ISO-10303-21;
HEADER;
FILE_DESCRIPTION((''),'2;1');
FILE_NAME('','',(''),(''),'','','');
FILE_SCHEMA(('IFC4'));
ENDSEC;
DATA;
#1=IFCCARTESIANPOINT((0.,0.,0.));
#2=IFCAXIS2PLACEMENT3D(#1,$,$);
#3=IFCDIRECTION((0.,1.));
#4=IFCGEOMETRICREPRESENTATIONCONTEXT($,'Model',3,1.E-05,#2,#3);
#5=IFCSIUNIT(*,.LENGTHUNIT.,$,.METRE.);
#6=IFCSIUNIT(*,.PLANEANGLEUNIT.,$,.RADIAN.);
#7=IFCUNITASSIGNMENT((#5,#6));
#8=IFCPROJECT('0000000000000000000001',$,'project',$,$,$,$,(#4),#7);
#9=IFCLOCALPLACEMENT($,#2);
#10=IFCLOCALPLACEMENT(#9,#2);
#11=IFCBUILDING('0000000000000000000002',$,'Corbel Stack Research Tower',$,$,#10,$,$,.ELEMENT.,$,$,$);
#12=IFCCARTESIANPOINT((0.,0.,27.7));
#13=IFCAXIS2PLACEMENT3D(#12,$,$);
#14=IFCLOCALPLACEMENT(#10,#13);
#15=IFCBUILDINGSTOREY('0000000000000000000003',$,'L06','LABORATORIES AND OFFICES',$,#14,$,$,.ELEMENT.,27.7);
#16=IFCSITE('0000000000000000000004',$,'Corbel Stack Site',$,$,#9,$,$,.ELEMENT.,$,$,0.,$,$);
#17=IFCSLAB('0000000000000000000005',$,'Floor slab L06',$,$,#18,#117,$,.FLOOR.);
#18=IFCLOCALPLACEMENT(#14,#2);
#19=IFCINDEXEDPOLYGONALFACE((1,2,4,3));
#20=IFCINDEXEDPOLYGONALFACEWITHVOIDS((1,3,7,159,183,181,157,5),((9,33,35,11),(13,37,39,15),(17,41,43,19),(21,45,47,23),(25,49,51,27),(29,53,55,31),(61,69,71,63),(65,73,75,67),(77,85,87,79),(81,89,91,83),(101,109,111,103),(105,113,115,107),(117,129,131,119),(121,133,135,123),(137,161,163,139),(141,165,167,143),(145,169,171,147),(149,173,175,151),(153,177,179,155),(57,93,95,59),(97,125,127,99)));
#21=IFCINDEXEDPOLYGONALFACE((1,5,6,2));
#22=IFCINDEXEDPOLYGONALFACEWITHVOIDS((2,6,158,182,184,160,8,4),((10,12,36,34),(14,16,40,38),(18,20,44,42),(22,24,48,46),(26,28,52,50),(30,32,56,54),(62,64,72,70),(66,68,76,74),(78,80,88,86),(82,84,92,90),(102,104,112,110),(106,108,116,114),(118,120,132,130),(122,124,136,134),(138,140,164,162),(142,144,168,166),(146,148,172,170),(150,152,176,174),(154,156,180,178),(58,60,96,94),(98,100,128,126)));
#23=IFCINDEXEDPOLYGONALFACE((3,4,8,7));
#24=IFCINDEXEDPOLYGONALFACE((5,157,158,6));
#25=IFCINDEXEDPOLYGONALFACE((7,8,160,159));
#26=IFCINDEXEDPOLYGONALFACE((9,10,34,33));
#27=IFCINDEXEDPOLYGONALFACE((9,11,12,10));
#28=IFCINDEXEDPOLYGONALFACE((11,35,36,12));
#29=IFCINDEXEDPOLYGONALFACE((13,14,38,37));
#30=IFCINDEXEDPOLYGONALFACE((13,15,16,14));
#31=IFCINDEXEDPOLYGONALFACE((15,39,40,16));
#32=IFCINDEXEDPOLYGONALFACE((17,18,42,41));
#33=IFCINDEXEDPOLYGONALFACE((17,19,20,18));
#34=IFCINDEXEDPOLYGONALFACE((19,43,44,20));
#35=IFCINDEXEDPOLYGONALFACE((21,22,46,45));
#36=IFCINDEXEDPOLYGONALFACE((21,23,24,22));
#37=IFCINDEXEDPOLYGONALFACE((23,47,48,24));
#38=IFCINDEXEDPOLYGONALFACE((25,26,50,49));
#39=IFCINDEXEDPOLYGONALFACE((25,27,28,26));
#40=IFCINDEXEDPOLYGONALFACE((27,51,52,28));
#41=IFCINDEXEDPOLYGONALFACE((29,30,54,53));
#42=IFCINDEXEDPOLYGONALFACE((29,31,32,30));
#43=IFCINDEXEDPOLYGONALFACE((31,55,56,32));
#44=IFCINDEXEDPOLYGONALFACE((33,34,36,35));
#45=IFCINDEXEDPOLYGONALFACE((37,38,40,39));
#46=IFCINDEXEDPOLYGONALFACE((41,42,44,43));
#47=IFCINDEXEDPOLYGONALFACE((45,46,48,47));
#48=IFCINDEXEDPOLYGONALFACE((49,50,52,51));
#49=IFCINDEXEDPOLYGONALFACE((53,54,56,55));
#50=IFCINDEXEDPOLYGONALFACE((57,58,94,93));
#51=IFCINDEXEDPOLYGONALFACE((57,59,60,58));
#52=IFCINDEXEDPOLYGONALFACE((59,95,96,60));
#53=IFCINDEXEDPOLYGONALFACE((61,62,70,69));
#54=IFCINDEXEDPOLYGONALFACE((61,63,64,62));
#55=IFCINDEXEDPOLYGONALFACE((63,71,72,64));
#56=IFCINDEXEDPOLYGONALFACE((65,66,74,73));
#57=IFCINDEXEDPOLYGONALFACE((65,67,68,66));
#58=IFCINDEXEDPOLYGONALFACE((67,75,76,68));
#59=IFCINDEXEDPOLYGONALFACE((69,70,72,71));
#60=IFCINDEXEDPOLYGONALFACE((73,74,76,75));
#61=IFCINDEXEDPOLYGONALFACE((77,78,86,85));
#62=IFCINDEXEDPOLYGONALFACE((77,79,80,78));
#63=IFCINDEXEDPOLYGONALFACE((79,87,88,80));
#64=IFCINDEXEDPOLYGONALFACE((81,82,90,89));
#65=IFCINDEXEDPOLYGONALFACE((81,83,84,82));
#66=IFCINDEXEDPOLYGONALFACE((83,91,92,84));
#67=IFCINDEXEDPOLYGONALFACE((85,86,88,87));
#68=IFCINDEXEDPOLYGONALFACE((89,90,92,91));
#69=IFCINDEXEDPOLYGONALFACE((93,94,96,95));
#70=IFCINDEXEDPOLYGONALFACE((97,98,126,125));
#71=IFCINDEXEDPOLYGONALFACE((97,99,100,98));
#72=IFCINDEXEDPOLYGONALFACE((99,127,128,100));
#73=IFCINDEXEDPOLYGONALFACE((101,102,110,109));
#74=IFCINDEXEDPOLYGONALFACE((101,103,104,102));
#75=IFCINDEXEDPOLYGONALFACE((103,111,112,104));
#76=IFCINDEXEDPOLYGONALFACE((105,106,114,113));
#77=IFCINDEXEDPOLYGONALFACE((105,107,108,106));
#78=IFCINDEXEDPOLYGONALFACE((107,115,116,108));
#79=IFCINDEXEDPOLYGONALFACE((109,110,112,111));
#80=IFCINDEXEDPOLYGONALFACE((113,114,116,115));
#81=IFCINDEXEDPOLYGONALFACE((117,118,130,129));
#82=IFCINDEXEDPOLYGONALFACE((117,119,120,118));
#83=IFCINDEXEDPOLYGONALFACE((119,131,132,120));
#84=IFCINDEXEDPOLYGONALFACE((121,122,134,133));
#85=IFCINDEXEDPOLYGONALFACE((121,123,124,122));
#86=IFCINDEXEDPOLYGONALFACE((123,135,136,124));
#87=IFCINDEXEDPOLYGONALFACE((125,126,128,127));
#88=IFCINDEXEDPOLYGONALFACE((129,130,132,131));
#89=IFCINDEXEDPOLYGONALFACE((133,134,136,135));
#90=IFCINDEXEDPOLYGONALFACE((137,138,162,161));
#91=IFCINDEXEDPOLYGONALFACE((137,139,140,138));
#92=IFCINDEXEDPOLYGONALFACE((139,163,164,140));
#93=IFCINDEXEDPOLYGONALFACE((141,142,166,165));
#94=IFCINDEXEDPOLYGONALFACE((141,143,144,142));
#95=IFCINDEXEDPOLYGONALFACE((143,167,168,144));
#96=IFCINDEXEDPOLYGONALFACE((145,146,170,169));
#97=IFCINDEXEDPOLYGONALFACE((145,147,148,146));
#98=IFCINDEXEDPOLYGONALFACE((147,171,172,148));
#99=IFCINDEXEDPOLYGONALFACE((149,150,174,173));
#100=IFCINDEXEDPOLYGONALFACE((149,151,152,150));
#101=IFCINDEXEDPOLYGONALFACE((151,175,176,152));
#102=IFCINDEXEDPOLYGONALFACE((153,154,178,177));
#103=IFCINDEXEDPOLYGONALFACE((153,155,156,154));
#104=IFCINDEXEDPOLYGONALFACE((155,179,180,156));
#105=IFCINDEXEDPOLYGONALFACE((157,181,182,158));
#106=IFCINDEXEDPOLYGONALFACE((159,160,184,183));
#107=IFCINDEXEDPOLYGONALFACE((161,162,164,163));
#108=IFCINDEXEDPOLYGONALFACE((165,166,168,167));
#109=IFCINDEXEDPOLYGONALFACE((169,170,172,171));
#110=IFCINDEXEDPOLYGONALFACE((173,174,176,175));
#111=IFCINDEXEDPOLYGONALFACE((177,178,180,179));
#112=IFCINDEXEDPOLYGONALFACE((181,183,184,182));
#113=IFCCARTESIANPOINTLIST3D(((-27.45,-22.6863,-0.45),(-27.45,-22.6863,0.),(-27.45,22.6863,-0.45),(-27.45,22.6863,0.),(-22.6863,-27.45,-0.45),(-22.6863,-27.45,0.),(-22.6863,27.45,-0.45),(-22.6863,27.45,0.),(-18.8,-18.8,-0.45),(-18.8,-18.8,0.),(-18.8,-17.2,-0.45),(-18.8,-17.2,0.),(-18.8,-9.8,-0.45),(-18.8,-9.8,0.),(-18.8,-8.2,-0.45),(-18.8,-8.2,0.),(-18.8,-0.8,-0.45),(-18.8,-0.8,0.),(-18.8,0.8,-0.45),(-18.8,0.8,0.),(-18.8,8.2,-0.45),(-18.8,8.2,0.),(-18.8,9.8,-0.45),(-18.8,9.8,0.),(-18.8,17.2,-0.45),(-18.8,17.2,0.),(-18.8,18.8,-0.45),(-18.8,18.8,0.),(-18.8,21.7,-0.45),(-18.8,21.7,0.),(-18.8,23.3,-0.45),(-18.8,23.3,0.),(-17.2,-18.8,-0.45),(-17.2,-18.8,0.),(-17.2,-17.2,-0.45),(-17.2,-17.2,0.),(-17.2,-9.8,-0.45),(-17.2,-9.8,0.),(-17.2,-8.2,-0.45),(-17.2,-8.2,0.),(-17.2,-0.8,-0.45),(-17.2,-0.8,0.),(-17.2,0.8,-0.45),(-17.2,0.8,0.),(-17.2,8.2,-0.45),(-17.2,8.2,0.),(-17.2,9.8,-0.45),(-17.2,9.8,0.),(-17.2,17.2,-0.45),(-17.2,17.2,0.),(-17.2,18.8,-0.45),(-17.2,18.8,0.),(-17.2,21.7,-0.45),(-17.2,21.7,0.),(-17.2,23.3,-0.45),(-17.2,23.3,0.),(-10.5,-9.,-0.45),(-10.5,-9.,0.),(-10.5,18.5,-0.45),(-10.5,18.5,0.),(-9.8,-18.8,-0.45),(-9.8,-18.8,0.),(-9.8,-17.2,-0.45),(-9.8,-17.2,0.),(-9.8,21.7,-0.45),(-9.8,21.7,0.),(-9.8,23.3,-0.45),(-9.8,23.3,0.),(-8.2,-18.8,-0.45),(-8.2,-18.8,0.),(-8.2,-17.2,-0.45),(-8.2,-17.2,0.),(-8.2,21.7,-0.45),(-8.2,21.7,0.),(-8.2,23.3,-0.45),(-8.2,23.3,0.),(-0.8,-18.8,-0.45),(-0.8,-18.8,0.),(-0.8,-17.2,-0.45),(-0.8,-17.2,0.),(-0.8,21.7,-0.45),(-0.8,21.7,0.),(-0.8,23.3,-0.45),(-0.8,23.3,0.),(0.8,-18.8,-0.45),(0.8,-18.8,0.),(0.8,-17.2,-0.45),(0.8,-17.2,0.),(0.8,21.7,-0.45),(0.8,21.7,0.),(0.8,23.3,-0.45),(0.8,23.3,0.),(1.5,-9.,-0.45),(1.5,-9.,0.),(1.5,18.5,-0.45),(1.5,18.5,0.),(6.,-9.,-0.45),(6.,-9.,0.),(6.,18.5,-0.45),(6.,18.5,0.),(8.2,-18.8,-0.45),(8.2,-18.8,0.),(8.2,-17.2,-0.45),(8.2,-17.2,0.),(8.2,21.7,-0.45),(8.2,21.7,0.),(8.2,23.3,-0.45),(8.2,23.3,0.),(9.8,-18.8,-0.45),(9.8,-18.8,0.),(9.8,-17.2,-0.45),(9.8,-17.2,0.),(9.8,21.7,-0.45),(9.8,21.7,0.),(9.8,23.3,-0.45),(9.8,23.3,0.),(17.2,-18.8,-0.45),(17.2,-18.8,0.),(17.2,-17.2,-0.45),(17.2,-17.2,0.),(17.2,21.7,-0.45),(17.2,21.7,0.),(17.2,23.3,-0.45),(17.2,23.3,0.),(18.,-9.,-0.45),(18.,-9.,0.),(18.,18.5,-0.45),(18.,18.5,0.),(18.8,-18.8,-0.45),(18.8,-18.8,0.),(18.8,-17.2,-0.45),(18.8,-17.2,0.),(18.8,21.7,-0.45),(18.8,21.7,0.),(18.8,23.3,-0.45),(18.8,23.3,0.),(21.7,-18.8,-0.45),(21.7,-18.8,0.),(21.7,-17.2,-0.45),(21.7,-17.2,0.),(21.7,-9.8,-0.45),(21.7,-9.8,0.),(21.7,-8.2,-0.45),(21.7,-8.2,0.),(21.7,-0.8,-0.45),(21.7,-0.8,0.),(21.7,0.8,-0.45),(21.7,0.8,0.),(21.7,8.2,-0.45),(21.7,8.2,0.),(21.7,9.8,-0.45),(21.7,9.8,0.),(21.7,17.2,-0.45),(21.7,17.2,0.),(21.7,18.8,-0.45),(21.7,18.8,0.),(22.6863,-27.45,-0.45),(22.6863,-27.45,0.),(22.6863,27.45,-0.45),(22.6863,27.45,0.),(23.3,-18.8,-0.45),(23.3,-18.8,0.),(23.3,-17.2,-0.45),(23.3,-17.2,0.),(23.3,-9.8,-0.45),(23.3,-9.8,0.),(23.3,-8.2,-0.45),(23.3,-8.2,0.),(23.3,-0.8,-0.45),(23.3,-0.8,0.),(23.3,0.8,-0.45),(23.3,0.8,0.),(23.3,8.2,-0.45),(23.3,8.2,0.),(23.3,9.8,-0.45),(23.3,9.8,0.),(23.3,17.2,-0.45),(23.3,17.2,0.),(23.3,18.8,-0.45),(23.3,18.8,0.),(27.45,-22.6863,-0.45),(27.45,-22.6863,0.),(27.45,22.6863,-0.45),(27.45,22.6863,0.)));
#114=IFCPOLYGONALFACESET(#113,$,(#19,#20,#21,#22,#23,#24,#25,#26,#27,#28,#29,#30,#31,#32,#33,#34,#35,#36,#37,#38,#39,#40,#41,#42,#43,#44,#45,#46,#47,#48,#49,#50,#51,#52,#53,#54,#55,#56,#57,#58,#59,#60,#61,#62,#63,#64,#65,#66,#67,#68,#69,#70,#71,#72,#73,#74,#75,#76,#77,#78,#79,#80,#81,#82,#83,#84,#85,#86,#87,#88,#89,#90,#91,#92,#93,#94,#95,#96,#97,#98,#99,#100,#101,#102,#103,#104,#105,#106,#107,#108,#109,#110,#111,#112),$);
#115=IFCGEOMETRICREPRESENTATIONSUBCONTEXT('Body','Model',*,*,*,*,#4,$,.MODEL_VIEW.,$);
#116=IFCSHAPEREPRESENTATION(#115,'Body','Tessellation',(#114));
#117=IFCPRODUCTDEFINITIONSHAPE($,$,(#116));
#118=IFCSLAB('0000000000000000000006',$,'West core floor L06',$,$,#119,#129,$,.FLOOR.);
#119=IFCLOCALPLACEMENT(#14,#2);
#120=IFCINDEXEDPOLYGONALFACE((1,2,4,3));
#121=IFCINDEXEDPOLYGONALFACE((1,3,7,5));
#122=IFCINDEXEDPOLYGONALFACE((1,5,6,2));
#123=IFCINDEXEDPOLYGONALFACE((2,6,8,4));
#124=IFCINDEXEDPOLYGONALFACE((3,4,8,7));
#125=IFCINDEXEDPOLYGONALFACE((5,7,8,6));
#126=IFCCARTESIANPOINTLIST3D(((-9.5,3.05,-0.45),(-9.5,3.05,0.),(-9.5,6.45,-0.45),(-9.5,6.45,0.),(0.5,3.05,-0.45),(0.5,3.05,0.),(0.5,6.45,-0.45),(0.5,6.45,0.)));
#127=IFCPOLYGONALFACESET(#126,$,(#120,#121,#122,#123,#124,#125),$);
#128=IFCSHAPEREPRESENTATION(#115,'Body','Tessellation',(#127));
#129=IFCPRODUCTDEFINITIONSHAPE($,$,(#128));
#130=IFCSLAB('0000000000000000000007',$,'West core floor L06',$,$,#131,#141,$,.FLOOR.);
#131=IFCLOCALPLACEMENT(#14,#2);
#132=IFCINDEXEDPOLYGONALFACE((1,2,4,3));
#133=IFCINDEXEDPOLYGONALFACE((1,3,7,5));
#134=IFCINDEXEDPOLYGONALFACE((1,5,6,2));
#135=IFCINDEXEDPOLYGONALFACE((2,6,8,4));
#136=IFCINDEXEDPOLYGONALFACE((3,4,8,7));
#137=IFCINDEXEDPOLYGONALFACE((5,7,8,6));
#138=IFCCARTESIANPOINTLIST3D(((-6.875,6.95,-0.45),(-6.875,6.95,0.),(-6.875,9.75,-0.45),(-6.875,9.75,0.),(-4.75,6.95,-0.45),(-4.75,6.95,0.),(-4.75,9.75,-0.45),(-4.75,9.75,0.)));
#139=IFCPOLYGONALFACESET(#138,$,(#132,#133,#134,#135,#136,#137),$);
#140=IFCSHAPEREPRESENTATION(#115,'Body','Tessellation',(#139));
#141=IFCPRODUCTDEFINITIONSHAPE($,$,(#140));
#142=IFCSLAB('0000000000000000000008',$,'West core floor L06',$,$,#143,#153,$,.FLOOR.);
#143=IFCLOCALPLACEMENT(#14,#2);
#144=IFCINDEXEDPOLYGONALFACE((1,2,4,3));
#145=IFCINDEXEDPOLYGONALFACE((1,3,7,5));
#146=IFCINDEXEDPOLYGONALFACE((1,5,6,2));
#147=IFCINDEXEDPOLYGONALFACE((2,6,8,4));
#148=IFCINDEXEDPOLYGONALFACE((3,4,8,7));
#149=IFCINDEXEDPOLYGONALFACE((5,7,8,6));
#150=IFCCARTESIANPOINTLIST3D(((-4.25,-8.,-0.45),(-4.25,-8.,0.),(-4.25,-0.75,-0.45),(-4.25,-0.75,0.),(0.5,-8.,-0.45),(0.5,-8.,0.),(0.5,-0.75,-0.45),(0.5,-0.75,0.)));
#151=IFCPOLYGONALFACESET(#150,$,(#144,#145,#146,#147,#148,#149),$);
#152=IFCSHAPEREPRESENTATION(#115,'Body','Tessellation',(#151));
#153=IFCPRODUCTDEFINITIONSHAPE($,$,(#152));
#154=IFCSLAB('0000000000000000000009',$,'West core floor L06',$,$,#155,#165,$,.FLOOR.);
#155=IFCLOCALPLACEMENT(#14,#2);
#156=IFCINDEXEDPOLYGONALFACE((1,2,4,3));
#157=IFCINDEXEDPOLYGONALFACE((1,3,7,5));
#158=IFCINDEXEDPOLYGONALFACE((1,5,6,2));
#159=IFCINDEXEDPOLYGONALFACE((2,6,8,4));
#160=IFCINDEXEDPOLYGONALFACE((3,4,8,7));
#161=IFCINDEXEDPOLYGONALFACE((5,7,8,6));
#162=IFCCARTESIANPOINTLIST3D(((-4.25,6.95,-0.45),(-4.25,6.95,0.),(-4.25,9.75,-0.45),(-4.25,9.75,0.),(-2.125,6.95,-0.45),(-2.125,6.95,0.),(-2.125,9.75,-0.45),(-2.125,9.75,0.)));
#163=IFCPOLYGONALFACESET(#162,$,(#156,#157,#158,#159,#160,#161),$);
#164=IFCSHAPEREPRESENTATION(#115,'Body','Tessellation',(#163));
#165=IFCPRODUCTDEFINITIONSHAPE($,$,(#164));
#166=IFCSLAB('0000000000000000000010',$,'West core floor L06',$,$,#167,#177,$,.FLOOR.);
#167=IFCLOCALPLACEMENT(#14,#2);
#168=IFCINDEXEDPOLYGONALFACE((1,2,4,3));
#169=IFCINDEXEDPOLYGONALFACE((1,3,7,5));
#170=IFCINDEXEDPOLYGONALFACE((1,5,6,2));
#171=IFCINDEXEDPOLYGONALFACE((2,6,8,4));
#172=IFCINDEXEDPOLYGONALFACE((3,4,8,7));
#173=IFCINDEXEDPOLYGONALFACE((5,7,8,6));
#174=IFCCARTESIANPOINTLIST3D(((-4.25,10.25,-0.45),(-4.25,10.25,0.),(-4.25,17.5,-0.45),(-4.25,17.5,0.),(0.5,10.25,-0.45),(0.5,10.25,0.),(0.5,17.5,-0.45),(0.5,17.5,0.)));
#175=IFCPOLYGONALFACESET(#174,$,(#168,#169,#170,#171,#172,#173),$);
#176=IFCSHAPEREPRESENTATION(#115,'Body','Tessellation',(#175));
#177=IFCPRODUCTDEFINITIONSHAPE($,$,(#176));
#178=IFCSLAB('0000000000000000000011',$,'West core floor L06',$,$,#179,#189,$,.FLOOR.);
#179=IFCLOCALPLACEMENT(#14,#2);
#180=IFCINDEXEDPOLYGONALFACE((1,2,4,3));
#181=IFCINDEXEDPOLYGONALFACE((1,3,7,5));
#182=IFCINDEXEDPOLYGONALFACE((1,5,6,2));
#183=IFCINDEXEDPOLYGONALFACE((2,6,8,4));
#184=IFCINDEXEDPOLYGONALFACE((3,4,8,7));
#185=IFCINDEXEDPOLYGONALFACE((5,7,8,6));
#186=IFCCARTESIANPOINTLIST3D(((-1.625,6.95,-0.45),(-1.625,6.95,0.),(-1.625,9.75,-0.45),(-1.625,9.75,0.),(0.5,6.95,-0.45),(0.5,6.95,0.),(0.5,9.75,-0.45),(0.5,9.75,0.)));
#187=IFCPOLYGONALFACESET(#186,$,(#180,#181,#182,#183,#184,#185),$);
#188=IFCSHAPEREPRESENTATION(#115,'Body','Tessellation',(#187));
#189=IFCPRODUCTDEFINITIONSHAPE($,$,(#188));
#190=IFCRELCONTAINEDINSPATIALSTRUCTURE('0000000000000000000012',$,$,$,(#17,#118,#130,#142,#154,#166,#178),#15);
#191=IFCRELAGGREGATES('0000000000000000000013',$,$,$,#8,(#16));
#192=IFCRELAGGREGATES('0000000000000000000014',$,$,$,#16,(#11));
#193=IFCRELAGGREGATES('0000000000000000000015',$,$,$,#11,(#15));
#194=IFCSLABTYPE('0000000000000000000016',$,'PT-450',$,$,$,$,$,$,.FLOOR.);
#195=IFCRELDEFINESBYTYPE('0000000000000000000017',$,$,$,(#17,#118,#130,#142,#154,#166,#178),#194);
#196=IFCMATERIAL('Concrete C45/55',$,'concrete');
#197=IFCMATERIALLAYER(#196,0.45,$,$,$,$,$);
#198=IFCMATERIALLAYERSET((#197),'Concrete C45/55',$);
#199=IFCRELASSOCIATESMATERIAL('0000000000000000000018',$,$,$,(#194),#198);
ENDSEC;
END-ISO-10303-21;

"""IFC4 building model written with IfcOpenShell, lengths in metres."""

from ifc_helpers import new_model, si_unit, direction, frame, origin, place, context, subcontext, project, spatial, polyline, outline, extrude, material, layer, layer_set, type_object, element, save


model = new_model("IFC4")

# Units and contexts
model_context = context("Model", 3, precision=1e-05, world=origin(), true_north=direction((0.0, 1.0)))
body_context = subcontext(model_context, "Body", "Model", "MODEL_VIEW")
ifc_project = project(units=[si_unit("LENGTHUNIT", "METRE"), si_unit("PLANEANGLEUNIT", "RADIAN")], contexts=[model_context])

# Site, building, storey
site_placement = place(None, origin())
site = spatial("IfcSite", under=ifc_project, at=site_placement, Name="Corbel Stack Site", CompositionType="ELEMENT", RefElevation=0.0)
building_placement = place(site_placement, origin())
building = spatial("IfcBuilding", under=site, at=building_placement, Name="Corbel Stack Research Tower", CompositionType="ELEMENT")
storey_placement = place(building_placement, frame((0.0, 0.0, 27.7)))
storey = spatial("IfcBuildingStorey", under=building, at=storey_placement, Name="L06", Description="LABORATORIES AND OFFICES", CompositionType="ELEMENT", Elevation=27.7)

# Slabs
ifc_material_1 = material(Name="Concrete C45/55", Category="concrete")
ifc_layer_1 = layer(ifc_material_1, 0.45)
ifc_layer_set_1 = layer_set([ifc_layer_1], Name="Concrete C45/55")
slab_type = type_object("IfcSlabType", Name="PT-450", PredefinedType="FLOOR", material=ifc_layer_set_1)
slab_1_placement = place(storey_placement, frame((0.0, 0.0, -0.45)))
element("IfcSlab", 1, at=slab_1_placement, inside=storey, type_object=slab_type, Name="Floor slab L06", PredefinedType="FLOOR", context=body_context, shape_type="SweptSolid", body=[
    extrude(outline(polyline([(-22.6863, -27.45), (22.6863, -27.45), (27.45, -22.6863), (27.45, 22.6863), (22.6863, 27.45), (-22.6863, 27.45), (-27.45, 22.6863), (-27.45, -22.6863), (-22.6863, -27.45)]), holes=[polyline([(23.3, 17.2), (21.7, 17.2), (21.7, 18.8), (23.3, 18.8), (23.3, 17.2)]), polyline([(21.7, 8.2), (21.7, 9.8), (23.3, 9.8), (23.3, 8.2), (21.7, 8.2)]), polyline([(23.3, -0.8), (21.7, -0.8), (21.7, 0.8), (23.3, 0.8), (23.3, -0.8)]), polyline([(21.7, -9.8), (21.7, -8.2), (23.3, -8.2), (23.3, -9.8), (21.7, -9.8)]), polyline([(21.7, -18.8), (21.7, -17.2), (23.3, -17.2), (23.3, -18.8), (21.7, -18.8)]), polyline([(17.2, 21.7), (17.2, 23.3), (18.8, 23.3), (18.8, 21.7), (17.2, 21.7)]), polyline([(18.8, -18.8), (17.2, -18.8), (17.2, -17.2), (18.8, -17.2), (18.8, -18.8)]), polyline([(6.0, -9.0), (6.0, 18.5), (18.0, 18.5), (18.0, -9.0), (6.0, -9.0)]), polyline([(8.2, 21.7), (8.2, 23.3), (9.8, 23.3), (9.8, 21.7), (8.2, 21.7)]), polyline([(9.8, -18.8), (8.2, -18.8), (8.2, -17.2), (9.8, -17.2), (9.8, -18.8)]), polyline([(1.5, -9.0), (-10.5, -9.0), (-10.5, 18.5), (1.5, 18.5), (1.5, -9.0)]), polyline([(0.8, 21.7), (-0.8, 21.7), (-0.8, 23.3), (0.8, 23.3), (0.8, 21.7)]), polyline([(0.8, -18.8), (-0.8, -18.8), (-0.8, -17.2), (0.8, -17.2), (0.8, -18.8)]), polyline([(-9.8, 21.7), (-9.8, 23.3), (-8.2, 23.3), (-8.2, 21.7), (-9.8, 21.7)]), polyline([(-8.2, -18.8), (-9.8, -18.8), (-9.8, -17.2), (-8.2, -17.2), (-8.2, -18.8)]), polyline([(-18.8, 21.7), (-18.8, 23.3), (-17.2, 23.3), (-17.2, 21.7), (-18.8, 21.7)]), polyline([(-17.2, 17.2), (-18.8, 17.2), (-18.8, 18.8), (-17.2, 18.8), (-17.2, 17.2)]), polyline([(-17.2, 8.2), (-18.8, 8.2), (-18.8, 9.8), (-17.2, 9.8), (-17.2, 8.2)]), polyline([(-18.8, -0.8), (-18.8, 0.8), (-17.2, 0.8), (-17.2, -0.8), (-18.8, -0.8)]), polyline([(-18.8, -9.8), (-18.8, -8.2), (-17.2, -8.2), (-17.2, -9.8), (-18.8, -9.8)]), polyline([(-17.2, -18.8), (-18.8, -18.8), (-18.8, -17.2), (-17.2, -17.2), (-17.2, -18.8)])]), origin(), (0.0, 0.0, 1.0), 0.45),
])
slab_2_placement = place(storey_placement, frame((0.0, 0.0, -0.45)))
element("IfcSlab", 2, at=slab_2_placement, inside=storey, type_object=slab_type, Name="West core floor L06", PredefinedType="FLOOR", context=body_context, shape_type="SweptSolid", body=[
    extrude(outline(polyline([(-9.5, 6.45), (-9.5, 3.05), (0.5, 3.05), (0.5, 6.45), (-9.5, 6.45)])), origin(), (0.0, 0.0, 1.0), 0.45),
])
slab_3_placement = place(storey_placement, frame((0.0, 0.0, -0.45)))
element("IfcSlab", 3, at=slab_3_placement, inside=storey, type_object=slab_type, Name="West core floor L06", PredefinedType="FLOOR", context=body_context, shape_type="SweptSolid", body=[
    extrude(outline(polyline([(-6.875, 6.95), (-4.75, 6.95), (-4.75, 9.75), (-6.875, 9.75), (-6.875, 6.95)])), origin(), (0.0, 0.0, 1.0), 0.45),
])
slab_4_placement = place(storey_placement, frame((0.0, 0.0, -0.45)))
element("IfcSlab", 4, at=slab_4_placement, inside=storey, type_object=slab_type, Name="West core floor L06", PredefinedType="FLOOR", context=body_context, shape_type="SweptSolid", body=[
    extrude(outline(polyline([(-4.25, -0.75), (-4.25, -8.0), (0.5, -8.0), (0.5, -0.75), (-4.25, -0.75)])), origin(), (0.0, 0.0, 1.0), 0.45),
])
slab_5_placement = place(storey_placement, frame((0.0, 0.0, -0.45)))
element("IfcSlab", 5, at=slab_5_placement, inside=storey, type_object=slab_type, Name="West core floor L06", PredefinedType="FLOOR", context=body_context, shape_type="SweptSolid", body=[
    extrude(outline(polyline([(-2.125, 6.95), (-2.125, 9.75), (-4.25, 9.75), (-4.25, 6.95), (-2.125, 6.95)])), origin(), (0.0, 0.0, 1.0), 0.45),
])
slab_6_placement = place(storey_placement, frame((0.0, 0.0, -0.45)))
element("IfcSlab", 6, at=slab_6_placement, inside=storey, type_object=slab_type, Name="West core floor L06", PredefinedType="FLOOR", context=body_context, shape_type="SweptSolid", body=[
    extrude(outline(polyline([(-4.25, 17.5), (-4.25, 10.25), (0.5, 10.25), (0.5, 17.5), (-4.25, 17.5)])), origin(), (0.0, 0.0, 1.0), 0.45),
])
slab_7_placement = place(storey_placement, frame((0.0, 0.0, -0.45)))
element("IfcSlab", 7, at=slab_7_placement, inside=storey, type_object=slab_type, Name="West core floor L06", PredefinedType="FLOOR", context=body_context, shape_type="SweptSolid", body=[
    extrude(outline(polyline([(0.5, 6.95), (0.5, 9.75), (-1.625, 9.75), (-1.625, 6.95), (0.5, 6.95)])), origin(), (0.0, 0.0, 1.0), 0.45),
])

save(model, "model.ifc")
